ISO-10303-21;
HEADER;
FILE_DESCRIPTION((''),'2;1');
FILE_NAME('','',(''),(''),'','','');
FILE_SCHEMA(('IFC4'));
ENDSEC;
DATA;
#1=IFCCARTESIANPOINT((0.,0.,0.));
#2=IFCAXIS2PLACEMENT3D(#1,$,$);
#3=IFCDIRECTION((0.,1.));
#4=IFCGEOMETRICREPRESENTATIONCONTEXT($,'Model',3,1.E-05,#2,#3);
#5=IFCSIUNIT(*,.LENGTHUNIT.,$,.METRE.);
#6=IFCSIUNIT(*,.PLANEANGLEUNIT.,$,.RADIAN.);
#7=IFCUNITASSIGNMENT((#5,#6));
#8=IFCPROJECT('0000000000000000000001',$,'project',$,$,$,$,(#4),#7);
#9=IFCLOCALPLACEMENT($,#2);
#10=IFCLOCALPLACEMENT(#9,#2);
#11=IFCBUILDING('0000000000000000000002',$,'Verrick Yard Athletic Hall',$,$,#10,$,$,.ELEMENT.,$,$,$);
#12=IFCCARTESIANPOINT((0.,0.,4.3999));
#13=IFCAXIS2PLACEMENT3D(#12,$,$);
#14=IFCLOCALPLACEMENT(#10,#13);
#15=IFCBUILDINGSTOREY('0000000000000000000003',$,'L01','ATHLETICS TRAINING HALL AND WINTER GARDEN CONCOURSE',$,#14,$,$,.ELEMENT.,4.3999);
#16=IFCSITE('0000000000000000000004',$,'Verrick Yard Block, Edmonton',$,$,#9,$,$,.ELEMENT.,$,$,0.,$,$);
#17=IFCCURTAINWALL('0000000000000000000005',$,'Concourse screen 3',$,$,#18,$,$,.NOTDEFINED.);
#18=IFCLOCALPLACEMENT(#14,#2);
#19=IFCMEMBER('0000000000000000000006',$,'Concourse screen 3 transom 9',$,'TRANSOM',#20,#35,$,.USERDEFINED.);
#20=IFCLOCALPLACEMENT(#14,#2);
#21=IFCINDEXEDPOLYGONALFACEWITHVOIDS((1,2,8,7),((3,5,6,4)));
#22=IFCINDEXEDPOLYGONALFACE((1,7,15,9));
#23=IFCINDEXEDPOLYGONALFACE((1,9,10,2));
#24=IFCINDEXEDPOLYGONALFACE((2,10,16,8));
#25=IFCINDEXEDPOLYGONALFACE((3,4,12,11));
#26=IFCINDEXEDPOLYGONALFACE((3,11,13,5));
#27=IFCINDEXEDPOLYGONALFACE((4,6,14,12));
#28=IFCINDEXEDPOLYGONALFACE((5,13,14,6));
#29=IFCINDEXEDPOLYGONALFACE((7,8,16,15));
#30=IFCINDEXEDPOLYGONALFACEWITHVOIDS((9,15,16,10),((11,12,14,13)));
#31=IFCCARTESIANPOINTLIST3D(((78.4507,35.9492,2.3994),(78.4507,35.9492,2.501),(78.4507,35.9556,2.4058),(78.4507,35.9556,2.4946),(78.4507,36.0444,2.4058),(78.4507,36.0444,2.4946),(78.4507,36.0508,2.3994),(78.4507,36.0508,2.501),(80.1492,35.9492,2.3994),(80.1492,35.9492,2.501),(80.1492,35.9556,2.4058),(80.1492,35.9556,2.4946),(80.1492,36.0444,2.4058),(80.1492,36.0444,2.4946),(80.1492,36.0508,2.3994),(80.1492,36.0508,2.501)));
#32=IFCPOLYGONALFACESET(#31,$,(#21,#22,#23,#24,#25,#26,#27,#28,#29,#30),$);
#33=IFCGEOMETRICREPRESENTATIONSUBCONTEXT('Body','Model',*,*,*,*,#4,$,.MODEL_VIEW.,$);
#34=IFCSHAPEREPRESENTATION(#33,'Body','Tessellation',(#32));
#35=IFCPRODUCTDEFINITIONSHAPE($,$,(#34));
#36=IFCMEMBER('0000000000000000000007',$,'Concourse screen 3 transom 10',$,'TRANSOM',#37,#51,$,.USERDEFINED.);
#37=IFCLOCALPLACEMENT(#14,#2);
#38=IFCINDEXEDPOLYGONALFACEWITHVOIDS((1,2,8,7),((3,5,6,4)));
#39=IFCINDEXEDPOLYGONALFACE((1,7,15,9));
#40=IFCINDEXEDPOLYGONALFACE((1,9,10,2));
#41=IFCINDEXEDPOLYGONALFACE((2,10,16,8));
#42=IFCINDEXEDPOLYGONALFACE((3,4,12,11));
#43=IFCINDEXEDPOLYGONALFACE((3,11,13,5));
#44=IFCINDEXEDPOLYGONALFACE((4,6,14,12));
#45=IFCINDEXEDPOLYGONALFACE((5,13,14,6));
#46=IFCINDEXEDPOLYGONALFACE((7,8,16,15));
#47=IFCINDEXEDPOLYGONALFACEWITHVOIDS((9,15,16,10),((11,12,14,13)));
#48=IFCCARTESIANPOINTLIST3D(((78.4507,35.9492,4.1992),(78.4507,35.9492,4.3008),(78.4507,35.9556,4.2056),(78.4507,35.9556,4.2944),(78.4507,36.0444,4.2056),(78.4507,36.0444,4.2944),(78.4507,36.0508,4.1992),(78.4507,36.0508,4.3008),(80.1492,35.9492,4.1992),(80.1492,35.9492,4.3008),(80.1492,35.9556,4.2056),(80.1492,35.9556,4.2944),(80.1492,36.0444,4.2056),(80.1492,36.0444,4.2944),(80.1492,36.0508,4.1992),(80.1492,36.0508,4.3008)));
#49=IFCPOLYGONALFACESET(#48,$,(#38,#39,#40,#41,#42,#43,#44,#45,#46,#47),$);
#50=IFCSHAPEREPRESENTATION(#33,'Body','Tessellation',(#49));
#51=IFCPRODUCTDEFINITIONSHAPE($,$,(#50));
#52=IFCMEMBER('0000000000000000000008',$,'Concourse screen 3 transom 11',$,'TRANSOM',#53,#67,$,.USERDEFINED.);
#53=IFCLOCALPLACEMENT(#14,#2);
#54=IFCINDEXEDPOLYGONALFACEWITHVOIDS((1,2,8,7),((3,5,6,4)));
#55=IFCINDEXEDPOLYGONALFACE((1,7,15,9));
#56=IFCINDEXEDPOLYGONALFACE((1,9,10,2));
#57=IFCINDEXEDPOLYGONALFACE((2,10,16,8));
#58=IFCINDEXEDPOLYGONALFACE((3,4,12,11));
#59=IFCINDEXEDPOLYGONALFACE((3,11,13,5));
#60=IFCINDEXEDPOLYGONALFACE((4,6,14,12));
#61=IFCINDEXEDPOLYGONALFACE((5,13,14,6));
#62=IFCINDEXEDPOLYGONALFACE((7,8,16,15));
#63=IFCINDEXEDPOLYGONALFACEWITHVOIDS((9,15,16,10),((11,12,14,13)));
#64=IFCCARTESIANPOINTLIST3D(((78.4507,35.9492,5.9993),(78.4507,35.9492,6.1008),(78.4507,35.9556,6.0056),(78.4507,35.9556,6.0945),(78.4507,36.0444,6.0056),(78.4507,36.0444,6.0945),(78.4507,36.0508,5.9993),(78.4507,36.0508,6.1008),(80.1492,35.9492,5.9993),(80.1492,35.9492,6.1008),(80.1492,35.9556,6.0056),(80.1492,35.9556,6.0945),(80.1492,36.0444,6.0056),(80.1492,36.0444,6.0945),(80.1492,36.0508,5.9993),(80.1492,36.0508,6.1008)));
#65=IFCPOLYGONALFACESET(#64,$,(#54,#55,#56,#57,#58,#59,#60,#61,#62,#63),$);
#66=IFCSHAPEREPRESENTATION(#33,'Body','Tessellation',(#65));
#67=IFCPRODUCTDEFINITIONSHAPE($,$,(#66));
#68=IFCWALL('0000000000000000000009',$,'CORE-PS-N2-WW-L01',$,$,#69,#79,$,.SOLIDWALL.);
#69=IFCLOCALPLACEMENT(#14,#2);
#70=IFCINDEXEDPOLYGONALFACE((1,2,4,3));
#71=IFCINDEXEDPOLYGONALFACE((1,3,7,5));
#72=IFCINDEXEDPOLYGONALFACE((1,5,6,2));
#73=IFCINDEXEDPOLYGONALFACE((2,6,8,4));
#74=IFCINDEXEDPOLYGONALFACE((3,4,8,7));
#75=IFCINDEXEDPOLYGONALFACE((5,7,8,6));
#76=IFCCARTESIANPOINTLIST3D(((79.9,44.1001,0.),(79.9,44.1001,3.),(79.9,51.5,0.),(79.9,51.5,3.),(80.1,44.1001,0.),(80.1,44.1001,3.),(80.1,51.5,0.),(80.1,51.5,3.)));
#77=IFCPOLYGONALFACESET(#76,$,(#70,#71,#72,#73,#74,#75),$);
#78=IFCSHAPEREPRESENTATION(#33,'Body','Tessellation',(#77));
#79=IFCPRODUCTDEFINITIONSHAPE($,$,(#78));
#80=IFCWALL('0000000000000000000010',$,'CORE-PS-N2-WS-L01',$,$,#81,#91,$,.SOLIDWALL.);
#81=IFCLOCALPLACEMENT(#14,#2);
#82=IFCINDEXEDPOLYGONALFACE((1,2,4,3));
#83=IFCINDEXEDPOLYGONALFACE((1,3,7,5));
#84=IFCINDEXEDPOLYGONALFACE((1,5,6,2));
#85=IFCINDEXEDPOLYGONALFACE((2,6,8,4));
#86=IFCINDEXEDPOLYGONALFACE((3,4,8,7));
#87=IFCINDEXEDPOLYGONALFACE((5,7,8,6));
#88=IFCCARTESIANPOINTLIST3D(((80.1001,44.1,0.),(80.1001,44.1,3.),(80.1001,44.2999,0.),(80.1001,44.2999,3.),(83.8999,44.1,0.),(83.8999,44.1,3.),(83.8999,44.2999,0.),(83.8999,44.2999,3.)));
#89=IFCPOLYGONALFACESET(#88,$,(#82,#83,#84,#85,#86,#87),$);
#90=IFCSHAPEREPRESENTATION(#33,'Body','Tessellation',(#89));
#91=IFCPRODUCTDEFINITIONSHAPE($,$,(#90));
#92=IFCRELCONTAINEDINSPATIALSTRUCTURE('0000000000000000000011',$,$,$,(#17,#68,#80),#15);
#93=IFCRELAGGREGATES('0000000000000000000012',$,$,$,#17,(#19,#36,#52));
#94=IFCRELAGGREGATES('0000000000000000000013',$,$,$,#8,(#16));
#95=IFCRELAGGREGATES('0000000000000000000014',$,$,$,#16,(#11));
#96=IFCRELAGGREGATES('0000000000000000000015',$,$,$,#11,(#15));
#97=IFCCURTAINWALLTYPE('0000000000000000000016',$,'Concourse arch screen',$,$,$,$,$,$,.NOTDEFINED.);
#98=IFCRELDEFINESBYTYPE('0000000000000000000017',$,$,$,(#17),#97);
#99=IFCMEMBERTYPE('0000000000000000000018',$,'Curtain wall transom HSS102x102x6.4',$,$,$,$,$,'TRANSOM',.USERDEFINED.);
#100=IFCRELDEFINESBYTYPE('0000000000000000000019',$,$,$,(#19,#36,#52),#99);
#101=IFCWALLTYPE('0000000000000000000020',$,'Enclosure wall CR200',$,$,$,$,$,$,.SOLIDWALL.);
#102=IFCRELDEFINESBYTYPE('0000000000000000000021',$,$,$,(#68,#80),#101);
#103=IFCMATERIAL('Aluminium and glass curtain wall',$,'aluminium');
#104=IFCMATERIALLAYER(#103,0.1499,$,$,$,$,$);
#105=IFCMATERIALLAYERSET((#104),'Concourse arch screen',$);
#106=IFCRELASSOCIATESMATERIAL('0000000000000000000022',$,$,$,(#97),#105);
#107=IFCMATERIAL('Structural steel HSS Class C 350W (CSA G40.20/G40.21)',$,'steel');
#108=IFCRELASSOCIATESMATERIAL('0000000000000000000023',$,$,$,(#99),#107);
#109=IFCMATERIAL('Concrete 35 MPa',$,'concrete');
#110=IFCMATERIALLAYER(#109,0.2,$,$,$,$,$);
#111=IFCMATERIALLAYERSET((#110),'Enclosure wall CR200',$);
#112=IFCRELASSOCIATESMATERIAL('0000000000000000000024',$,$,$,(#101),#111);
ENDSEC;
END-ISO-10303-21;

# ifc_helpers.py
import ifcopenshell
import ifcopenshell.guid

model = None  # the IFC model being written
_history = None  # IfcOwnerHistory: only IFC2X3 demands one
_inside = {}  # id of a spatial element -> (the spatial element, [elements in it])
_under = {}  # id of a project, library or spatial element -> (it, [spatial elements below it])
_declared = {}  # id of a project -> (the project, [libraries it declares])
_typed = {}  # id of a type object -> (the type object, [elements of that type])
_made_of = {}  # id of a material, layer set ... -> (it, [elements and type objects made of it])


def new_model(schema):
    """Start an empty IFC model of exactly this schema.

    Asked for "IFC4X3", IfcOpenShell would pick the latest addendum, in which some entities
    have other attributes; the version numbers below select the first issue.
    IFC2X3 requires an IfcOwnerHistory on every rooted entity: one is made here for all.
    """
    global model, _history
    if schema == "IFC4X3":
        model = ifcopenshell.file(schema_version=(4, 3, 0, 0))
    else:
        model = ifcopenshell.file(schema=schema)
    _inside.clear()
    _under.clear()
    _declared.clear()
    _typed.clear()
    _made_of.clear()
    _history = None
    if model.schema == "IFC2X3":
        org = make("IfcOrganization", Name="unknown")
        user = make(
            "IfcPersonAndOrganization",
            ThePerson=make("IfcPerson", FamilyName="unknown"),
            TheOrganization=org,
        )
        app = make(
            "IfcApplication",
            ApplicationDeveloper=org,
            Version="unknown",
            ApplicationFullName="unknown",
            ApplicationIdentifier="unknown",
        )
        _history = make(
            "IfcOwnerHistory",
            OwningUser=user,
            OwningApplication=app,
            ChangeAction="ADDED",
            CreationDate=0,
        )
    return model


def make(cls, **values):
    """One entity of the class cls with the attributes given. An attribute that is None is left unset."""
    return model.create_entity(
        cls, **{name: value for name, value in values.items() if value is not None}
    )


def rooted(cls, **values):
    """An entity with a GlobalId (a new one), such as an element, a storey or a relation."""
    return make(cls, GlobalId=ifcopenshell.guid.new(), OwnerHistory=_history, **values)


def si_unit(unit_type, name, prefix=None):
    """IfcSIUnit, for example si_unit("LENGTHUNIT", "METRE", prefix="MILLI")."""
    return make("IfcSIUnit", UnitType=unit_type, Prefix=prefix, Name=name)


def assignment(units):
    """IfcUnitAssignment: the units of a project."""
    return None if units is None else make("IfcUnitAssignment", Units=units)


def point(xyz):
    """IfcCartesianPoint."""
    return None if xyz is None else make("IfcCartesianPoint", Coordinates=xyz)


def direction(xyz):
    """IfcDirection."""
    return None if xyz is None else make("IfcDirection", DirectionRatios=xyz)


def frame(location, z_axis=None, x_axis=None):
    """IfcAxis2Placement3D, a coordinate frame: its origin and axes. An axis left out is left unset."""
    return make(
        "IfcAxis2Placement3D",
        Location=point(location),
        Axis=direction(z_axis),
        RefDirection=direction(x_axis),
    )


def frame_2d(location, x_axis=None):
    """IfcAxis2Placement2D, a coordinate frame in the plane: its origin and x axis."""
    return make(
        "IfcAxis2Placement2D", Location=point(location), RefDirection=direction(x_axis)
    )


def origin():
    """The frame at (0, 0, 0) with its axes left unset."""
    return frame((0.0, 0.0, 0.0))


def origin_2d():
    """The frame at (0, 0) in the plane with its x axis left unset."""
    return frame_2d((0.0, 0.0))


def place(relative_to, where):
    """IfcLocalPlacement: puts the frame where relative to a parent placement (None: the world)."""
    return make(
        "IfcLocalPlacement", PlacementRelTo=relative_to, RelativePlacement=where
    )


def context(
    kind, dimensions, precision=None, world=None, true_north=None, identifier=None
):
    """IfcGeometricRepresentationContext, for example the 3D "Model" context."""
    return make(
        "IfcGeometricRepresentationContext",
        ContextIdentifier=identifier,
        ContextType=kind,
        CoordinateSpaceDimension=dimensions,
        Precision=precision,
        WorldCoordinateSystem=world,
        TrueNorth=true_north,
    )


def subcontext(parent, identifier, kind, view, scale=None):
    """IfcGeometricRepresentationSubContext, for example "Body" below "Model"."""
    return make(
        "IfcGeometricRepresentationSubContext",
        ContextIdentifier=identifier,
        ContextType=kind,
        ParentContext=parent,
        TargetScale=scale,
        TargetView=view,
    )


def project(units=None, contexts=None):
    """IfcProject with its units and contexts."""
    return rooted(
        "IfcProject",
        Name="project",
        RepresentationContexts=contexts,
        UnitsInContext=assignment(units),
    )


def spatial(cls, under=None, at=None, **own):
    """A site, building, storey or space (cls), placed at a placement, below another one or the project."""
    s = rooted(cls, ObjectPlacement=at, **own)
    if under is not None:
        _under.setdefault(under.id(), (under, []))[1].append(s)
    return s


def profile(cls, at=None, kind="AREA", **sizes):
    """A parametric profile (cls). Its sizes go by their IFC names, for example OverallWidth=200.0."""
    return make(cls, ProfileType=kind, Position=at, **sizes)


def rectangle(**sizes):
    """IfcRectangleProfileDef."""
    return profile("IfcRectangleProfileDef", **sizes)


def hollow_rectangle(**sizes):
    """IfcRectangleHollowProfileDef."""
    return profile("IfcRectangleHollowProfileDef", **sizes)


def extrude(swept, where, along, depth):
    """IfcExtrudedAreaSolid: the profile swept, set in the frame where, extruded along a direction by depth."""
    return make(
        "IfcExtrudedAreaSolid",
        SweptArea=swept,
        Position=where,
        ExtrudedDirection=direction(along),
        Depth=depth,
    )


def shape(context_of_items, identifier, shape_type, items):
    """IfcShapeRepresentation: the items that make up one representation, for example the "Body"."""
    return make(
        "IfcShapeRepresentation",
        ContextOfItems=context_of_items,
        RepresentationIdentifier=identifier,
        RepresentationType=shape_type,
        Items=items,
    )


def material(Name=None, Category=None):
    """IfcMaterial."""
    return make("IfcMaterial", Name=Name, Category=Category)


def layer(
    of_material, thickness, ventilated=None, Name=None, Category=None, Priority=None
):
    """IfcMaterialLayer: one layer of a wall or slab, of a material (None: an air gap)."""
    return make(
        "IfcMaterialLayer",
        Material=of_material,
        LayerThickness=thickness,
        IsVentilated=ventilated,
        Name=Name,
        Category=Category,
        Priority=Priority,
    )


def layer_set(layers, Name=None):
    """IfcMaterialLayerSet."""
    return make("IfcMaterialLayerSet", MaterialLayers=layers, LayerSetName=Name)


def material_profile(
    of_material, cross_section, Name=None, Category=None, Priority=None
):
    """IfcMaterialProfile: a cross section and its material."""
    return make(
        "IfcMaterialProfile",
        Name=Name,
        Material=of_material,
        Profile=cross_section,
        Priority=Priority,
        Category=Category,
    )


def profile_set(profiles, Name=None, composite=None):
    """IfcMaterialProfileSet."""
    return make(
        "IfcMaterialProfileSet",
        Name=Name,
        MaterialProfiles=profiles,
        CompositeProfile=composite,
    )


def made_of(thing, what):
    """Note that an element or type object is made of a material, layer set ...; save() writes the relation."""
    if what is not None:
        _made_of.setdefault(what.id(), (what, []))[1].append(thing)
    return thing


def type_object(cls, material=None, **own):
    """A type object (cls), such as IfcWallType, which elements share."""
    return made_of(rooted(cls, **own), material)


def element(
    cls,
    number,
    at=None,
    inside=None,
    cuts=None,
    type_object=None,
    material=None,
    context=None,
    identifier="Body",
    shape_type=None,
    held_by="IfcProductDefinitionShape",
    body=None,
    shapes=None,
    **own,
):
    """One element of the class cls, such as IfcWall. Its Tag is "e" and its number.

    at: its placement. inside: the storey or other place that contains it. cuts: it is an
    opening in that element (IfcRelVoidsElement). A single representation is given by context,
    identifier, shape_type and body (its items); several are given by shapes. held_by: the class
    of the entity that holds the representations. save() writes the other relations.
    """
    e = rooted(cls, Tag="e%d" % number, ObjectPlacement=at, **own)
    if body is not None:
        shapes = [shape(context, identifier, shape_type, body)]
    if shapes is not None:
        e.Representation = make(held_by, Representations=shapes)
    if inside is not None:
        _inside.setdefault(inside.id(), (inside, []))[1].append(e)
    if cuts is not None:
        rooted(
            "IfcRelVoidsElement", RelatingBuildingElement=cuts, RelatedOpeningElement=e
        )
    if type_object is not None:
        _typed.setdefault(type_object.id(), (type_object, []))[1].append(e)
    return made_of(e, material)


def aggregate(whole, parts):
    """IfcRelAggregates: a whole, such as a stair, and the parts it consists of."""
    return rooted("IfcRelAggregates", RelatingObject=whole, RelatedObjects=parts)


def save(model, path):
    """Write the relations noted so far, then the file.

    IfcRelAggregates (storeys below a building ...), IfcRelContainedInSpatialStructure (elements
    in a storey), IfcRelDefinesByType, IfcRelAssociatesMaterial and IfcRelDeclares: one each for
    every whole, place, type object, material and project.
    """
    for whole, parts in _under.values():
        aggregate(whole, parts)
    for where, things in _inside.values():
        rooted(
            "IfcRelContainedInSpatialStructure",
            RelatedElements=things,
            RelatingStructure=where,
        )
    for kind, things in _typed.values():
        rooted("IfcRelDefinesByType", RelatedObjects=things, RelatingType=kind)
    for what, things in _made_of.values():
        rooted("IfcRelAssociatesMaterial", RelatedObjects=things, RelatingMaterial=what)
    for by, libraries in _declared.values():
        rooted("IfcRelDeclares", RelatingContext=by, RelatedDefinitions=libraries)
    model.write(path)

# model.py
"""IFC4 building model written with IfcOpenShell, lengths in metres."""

from ifc_helpers import new_model, si_unit, direction, frame, frame_2d, origin, origin_2d, place, context, subcontext, project, spatial, rectangle, hollow_rectangle, extrude, material, layer, layer_set, material_profile, profile_set, type_object, element, aggregate, save


model = new_model("IFC4")

# Units and contexts
model_context = context("Model", 3, precision=1e-05, world=origin(), true_north=direction((0.0, 1.0)))
body_context = subcontext(model_context, "Body", "Model", "MODEL_VIEW")
ifc_project = project(units=[si_unit("LENGTHUNIT", "METRE"), si_unit("PLANEANGLEUNIT", "RADIAN")], contexts=[model_context])

# Site, building, storey
site_placement = place(None, origin())
site = spatial("IfcSite", under=ifc_project, at=site_placement, Name="Verrick Yard Block, Edmonton", CompositionType="ELEMENT", RefElevation=0.0)
building_placement = place(site_placement, origin())
building = spatial("IfcBuilding", under=site, at=building_placement, Name="Verrick Yard Athletic Hall", CompositionType="ELEMENT")
storey_placement = place(building_placement, frame((0.0, 0.0, 4.3999)))
storey = spatial("IfcBuildingStorey", under=building, at=storey_placement, Name="L01", Description="ATHLETICS TRAINING HALL AND WINTER GARDEN CONCOURSE", CompositionType="ELEMENT", Elevation=4.3999)

# Curtain wall, members
ifc_material_1 = material(Name="Aluminium and glass curtain wall", Category="aluminium")
ifc_layer_1 = layer(ifc_material_1, 0.1499)
ifc_layer_set_1 = layer_set([ifc_layer_1], Name="Concourse arch screen")
curtain_wall_type = type_object("IfcCurtainWallType", Name="Concourse arch screen", PredefinedType="NOTDEFINED", material=ifc_layer_set_1)
curtain_wall_placement = place(storey_placement, origin())
curtain_wall = element("IfcCurtainWall", 1, at=curtain_wall_placement, inside=storey, type_object=curtain_wall_type, Name="Concourse screen 3", PredefinedType="NOTDEFINED")
ifc_material_2 = material(Name="Structural steel HSS Class C 350W (CSA G40.20/G40.21)", Category="steel")
ifc_material_profile_1 = material_profile(ifc_material_2, hollow_rectangle(XDim=0.1016, YDim=0.1016, WallThickness=0.0063, at=origin_2d()), Name="HSS102x102x6.4")
ifc_profile_set_1 = profile_set([ifc_material_profile_1], Name="Structural steel HSS Class C 350W (CSA G40.20/G40.21)")
member_type_1 = type_object("IfcMemberType", Name="Curtain wall transom HSS102x102x6.4", ElementType="TRANSOM", PredefinedType="USERDEFINED", material=ifc_profile_set_1)
member_1_placement = place(storey_placement, frame((78.4507, 36.0, 2.4502), z_axis=(1.0, 0.0, 0.0), x_axis=(0.0, 1.0, 0.0)))
member_1 = element("IfcMember", 2, at=member_1_placement, type_object=member_type_1, Name="Concourse screen 3 transom 9", ObjectType="TRANSOM", PredefinedType="USERDEFINED", context=body_context, shape_type="SweptSolid", body=[
    extrude(hollow_rectangle(XDim=0.1016, YDim=0.1016, WallThickness=0.0063, at=origin_2d()), origin(), (0.0, 0.0, 1.0), 1.6985),
])
member_2_placement = place(storey_placement, frame((78.4507, 36.0, 4.25), z_axis=(1.0, 0.0, 0.0), x_axis=(0.0, 1.0, 0.0)))
member_2 = element("IfcMember", 3, at=member_2_placement, type_object=member_type_1, Name="Concourse screen 3 transom 10", ObjectType="TRANSOM", PredefinedType="USERDEFINED", context=body_context, shape_type="SweptSolid", body=[
    extrude(hollow_rectangle(XDim=0.1016, YDim=0.1016, WallThickness=0.0063, at=origin_2d()), origin(), (0.0, 0.0, 1.0), 1.6985),
])
member_3_placement = place(storey_placement, frame((78.4507, 36.0, 6.05), z_axis=(1.0, 0.0, 0.0), x_axis=(0.0, 1.0, 0.0)))
member_3 = element("IfcMember", 4, at=member_3_placement, type_object=member_type_1, Name="Concourse screen 3 transom 11", ObjectType="TRANSOM", PredefinedType="USERDEFINED", context=body_context, shape_type="SweptSolid", body=[
    extrude(hollow_rectangle(XDim=0.1016, YDim=0.1016, WallThickness=0.0063, at=origin_2d()), origin(), (0.0, 0.0, 1.0), 1.6985),
])
aggregate(curtain_wall, [member_1, member_2, member_3])

# Walls
ifc_material_3 = material(Name="Concrete 35 MPa", Category="concrete")
ifc_layer_2 = layer(ifc_material_3, 0.2)
ifc_layer_set_2 = layer_set([ifc_layer_2], Name="Enclosure wall CR200")
wall_type = type_object("IfcWallType", Name="Enclosure wall CR200", PredefinedType="SOLIDWALL", material=ifc_layer_set_2)
wall_1_placement = place(storey_placement, frame((80.0, 44.1001, 0.0), z_axis=(0.0, 0.0, 1.0), x_axis=(0.0, 1.0, 0.0)))
element("IfcWall", 5, at=wall_1_placement, inside=storey, type_object=wall_type, Name="CORE-PS-N2-WW-L01", PredefinedType="SOLIDWALL", context=body_context, shape_type="SweptSolid", body=[
    extrude(rectangle(XDim=7.3999, YDim=0.2, at=frame_2d((3.7, 0.0))), origin(), (0.0, 0.0, 1.0), 3.0),
])
wall_2_placement = place(storey_placement, frame((80.1001, 44.2, 0.0), z_axis=(0.0, 0.0, 1.0), x_axis=(1.0, 0.0, 0.0)))
element("IfcWall", 6, at=wall_2_placement, inside=storey, type_object=wall_type, Name="CORE-PS-N2-WS-L01", PredefinedType="SOLIDWALL", context=body_context, shape_type="SweptSolid", body=[
    extrude(rectangle(XDim=3.7998, YDim=0.2, at=frame_2d((1.8999, 0.0))), origin(), (0.0, 0.0, 1.0), 3.0),
])

save(model, "model.ifc")
